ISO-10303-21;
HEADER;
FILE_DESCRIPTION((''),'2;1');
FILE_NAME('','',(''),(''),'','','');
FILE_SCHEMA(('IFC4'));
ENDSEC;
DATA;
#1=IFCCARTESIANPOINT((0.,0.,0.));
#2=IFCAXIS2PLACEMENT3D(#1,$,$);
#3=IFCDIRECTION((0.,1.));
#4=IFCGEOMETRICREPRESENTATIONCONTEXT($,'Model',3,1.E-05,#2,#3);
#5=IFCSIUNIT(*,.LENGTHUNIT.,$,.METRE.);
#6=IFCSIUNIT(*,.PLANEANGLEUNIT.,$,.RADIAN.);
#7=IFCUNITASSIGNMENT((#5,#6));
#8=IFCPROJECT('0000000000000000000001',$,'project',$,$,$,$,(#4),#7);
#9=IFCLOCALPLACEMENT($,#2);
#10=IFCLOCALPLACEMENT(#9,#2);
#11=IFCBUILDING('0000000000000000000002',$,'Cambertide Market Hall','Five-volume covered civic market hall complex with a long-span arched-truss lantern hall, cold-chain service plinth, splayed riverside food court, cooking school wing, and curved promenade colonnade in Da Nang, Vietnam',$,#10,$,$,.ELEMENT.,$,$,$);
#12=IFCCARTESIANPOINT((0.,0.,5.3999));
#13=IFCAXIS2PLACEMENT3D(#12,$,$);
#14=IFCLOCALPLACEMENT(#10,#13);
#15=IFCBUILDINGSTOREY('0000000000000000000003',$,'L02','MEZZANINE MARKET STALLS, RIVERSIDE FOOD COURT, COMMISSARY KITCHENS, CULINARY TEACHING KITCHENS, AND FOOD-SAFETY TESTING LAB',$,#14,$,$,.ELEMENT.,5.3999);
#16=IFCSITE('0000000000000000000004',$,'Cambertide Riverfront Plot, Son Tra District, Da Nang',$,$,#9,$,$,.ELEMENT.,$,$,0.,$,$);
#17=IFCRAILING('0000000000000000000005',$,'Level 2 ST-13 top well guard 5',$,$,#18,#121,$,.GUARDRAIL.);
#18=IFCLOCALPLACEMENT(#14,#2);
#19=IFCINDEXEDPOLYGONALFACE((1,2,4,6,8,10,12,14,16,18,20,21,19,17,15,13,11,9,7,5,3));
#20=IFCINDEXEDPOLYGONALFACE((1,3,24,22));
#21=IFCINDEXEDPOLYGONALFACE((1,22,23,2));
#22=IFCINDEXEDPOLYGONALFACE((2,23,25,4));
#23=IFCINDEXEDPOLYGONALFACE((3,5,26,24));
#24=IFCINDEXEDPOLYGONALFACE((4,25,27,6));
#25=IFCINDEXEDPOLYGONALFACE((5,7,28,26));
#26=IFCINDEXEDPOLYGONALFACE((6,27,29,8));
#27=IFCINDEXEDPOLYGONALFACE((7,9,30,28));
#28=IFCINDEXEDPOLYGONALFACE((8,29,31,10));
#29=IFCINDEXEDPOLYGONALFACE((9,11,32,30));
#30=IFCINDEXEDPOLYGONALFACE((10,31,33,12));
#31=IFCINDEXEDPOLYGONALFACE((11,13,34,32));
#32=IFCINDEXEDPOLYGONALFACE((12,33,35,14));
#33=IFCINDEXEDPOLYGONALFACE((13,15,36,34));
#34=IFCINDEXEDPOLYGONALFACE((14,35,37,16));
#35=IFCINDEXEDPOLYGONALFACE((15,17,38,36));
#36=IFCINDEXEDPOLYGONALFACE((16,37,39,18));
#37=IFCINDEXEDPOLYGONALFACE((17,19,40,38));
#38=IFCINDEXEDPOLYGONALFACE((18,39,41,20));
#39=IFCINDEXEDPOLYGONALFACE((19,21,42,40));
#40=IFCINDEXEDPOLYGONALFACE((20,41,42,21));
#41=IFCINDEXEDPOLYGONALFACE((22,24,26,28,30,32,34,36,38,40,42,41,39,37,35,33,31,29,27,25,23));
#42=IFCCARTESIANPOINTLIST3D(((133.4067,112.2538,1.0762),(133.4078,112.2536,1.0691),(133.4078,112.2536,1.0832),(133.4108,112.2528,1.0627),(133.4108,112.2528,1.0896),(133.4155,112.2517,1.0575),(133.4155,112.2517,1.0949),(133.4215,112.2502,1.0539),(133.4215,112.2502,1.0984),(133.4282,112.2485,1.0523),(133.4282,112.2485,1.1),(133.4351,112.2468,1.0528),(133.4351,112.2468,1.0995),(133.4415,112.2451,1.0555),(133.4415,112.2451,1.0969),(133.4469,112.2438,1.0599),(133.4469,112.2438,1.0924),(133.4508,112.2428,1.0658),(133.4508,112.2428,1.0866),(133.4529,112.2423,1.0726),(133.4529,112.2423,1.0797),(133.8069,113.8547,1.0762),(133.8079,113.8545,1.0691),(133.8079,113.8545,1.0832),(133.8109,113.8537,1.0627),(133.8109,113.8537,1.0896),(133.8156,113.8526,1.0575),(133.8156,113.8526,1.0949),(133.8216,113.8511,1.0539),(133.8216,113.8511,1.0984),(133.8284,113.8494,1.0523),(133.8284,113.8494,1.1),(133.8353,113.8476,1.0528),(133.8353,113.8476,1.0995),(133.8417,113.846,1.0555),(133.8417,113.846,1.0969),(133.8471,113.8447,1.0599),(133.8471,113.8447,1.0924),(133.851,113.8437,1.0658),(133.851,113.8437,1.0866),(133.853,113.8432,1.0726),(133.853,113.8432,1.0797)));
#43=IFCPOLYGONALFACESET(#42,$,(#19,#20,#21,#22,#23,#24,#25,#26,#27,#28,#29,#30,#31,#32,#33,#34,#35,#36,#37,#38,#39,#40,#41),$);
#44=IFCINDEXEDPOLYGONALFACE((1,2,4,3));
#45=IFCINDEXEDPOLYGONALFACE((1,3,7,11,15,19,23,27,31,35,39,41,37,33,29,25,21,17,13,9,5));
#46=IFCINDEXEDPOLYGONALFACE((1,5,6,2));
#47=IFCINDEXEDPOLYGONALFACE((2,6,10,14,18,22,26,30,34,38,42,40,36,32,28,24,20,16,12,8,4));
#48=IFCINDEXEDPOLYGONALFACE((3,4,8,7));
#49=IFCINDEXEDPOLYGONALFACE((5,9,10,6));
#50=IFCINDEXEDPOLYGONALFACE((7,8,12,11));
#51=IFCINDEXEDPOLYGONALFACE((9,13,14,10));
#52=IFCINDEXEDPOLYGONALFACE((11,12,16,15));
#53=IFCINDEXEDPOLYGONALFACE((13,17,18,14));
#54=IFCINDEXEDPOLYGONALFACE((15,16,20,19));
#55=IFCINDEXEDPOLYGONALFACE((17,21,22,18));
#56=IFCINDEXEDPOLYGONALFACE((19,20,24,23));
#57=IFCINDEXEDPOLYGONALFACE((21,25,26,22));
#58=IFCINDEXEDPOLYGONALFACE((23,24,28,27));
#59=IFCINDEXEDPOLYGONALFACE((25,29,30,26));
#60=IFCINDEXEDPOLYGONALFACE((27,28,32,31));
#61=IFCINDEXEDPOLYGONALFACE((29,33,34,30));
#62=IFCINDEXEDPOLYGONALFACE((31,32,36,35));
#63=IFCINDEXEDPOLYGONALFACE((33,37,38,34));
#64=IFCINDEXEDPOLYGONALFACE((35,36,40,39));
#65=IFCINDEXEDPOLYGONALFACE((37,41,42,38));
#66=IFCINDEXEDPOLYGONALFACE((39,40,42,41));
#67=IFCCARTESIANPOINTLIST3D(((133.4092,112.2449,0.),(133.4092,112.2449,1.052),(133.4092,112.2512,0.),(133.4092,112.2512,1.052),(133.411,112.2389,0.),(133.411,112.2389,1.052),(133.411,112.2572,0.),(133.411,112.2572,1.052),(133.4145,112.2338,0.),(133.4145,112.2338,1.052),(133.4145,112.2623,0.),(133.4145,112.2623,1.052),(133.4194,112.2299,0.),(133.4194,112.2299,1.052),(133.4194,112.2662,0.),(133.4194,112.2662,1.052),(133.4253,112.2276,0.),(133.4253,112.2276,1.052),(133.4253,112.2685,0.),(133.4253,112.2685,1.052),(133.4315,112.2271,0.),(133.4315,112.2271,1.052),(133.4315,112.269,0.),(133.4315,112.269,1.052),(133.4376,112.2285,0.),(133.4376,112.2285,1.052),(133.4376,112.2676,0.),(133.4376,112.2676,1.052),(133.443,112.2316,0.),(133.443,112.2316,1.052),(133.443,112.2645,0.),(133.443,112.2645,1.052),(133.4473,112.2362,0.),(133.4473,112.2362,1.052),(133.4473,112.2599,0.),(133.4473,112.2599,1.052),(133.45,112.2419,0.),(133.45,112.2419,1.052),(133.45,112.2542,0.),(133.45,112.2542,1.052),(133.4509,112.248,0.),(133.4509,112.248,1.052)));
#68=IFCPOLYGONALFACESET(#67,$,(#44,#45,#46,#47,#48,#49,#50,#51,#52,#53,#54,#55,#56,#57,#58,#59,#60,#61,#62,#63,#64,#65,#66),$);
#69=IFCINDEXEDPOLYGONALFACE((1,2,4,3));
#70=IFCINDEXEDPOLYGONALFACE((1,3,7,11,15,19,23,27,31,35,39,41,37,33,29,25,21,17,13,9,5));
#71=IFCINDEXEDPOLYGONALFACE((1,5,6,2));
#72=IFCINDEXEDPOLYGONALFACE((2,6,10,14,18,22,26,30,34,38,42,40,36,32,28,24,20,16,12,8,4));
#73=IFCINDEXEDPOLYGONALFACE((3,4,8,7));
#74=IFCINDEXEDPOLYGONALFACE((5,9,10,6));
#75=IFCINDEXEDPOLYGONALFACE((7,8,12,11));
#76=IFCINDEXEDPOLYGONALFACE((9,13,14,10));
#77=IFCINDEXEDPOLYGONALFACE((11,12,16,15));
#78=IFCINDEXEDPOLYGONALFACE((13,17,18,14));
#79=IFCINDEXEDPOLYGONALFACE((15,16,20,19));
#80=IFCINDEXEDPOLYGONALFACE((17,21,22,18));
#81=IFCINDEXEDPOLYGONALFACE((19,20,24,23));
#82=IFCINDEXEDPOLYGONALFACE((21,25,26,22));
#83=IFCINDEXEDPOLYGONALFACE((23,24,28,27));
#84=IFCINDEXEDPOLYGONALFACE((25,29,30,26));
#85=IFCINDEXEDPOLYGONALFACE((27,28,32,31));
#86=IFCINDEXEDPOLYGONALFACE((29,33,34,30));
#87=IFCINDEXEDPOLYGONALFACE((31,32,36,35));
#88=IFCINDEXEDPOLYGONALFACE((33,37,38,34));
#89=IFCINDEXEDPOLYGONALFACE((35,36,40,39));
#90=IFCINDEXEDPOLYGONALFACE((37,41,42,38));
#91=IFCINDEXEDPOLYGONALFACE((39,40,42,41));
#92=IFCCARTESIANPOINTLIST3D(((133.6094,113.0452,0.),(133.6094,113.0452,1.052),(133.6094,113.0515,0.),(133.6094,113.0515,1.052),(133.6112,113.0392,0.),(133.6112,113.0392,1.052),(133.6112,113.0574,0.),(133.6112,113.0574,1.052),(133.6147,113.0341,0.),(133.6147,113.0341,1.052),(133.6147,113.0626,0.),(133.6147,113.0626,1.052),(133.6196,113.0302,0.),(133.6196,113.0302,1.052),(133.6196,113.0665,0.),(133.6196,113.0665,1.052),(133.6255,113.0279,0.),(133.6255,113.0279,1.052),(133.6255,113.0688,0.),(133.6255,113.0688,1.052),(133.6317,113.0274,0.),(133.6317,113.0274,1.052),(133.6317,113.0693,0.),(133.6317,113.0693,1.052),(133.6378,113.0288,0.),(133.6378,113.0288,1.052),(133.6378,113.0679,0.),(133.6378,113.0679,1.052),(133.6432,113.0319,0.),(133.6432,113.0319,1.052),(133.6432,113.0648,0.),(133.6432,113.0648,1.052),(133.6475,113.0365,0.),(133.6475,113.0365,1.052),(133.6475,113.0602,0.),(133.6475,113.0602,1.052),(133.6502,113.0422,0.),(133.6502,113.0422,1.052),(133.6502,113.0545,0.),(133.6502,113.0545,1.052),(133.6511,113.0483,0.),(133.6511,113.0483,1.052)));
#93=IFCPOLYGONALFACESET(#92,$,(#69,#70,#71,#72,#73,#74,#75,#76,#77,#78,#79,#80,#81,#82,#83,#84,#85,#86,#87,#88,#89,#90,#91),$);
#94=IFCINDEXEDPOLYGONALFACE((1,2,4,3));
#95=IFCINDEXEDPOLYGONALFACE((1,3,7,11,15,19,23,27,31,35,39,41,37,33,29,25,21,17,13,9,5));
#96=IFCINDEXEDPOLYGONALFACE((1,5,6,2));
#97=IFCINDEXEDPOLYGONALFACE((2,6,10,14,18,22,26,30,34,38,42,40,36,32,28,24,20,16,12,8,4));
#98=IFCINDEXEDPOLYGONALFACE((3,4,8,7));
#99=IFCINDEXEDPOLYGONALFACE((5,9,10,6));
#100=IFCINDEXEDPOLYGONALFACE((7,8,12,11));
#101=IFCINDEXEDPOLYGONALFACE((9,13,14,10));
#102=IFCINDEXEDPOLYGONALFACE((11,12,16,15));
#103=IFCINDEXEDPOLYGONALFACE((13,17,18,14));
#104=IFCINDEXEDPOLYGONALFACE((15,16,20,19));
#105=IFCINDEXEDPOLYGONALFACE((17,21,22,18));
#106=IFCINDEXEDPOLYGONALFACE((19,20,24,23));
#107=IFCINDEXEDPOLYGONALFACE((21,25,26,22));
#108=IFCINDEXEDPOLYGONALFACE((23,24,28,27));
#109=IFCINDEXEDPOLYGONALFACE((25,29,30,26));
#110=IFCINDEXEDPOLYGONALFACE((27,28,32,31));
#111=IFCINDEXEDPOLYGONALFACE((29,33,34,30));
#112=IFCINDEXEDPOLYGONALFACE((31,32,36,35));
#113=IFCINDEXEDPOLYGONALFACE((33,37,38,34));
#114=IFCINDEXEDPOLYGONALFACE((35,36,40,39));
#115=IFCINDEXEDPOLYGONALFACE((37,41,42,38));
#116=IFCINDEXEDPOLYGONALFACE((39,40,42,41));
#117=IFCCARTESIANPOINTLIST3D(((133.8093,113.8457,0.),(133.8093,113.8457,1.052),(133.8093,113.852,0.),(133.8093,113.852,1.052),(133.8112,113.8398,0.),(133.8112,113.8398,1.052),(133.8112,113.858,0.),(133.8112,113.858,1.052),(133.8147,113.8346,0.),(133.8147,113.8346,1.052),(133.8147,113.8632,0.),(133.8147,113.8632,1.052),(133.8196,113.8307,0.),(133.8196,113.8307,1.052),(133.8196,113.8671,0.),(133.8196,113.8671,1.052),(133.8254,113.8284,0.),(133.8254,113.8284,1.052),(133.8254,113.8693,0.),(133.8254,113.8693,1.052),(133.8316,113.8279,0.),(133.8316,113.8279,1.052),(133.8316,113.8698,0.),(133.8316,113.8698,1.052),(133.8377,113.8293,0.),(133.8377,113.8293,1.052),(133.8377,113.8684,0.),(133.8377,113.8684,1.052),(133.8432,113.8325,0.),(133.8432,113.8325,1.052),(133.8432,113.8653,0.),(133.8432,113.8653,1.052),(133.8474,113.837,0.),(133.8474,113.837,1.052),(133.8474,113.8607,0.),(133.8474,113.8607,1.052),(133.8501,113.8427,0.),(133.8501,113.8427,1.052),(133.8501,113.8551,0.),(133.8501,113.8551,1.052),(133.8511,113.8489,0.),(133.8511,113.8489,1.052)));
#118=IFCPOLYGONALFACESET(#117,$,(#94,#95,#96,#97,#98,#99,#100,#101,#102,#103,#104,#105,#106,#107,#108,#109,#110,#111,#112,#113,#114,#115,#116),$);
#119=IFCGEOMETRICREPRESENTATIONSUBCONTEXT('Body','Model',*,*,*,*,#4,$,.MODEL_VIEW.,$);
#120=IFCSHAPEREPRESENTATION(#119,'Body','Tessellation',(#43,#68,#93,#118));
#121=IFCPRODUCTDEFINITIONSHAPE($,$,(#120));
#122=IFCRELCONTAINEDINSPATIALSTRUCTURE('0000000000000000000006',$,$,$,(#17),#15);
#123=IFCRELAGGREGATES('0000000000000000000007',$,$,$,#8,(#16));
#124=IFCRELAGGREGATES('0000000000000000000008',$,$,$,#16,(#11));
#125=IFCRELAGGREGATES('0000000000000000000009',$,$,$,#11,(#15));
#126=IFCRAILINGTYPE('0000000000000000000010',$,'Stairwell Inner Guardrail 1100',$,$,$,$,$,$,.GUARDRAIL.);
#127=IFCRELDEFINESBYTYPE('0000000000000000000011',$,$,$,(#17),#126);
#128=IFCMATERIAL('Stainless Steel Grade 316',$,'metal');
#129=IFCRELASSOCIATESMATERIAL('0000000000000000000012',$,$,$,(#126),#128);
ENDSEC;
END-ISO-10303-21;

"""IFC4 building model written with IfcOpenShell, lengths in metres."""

from ifc_helpers import new_model, si_unit, direction, frame, origin, origin_2d, place, context, subcontext, project, spatial, circle, extrude, material, type_object, element, save


model = new_model("IFC4")

# Units and contexts
model_context = context("Model", 3, precision=1e-05, world=origin(), true_north=direction((0.0, 1.0)))
body_context = subcontext(model_context, "Body", "Model", "MODEL_VIEW")
ifc_project = project(units=[si_unit("LENGTHUNIT", "METRE"), si_unit("PLANEANGLEUNIT", "RADIAN")], contexts=[model_context])

# Site, building, storey
site_placement = place(None, origin())
site = spatial("IfcSite", under=ifc_project, at=site_placement, Name="Cambertide Riverfront Plot, Son Tra District, Da Nang", CompositionType="ELEMENT", RefElevation=0.0)
building_placement = place(site_placement, origin())
building = spatial("IfcBuilding", under=site, at=building_placement, Name="Cambertide Market Hall", Description="Five-volume covered civic market hall complex with a long-span arched-truss lantern hall, cold-chain service plinth, splayed riverside food court, cooking school wing, and curved promenade colonnade in Da Nang, Vietnam", CompositionType="ELEMENT")
storey_placement = place(building_placement, frame((0.0, 0.0, 5.3999)))
storey = spatial("IfcBuildingStorey", under=building, at=storey_placement, Name="L02", Description="MEZZANINE MARKET STALLS, RIVERSIDE FOOD COURT, COMMISSARY KITCHENS, CULINARY TEACHING KITCHENS, AND FOOD-SAFETY TESTING LAB", CompositionType="ELEMENT", Elevation=5.3999)

# Railing
ifc_material_1 = material(Name="Stainless Steel Grade 316", Category="metal")
railing_type = type_object("IfcRailingType", Name="Stairwell Inner Guardrail 1100", PredefinedType="GUARDRAIL", material=ifc_material_1)
railing_1_placement = place(storey_placement, frame((133.4299, 112.248, 0.0)))
element("IfcRailing", 1, at=railing_1_placement, inside=storey, type_object=railing_type, Name="Level 2 ST-13 top well guard 5", PredefinedType="GUARDRAIL", context=body_context, shape_type="SweptSolid", body=[
    extrude(circle(Radius=0.0239, at=origin_2d()), frame((0.0, 0.0, 1.0762), z_axis=(0.242501, 0.970151, 0.0), x_axis=(-0.970151, 0.242501, 0.0)), (0.0, 0.0, 1.0), 1.6501),
    extrude(circle(Radius=0.021, at=origin_2d()), origin(), (0.0, 0.0, 1.0), 1.052),
    extrude(circle(Radius=0.021, at=origin_2d()), frame((0.2002, 0.8003, 0.0)), (0.0, 0.0, 1.0), 1.052),
    extrude(circle(Radius=0.021, at=origin_2d()), frame((0.4001, 1.6008, 0.0)), (0.0, 0.0, 1.0), 1.052),
])

save(model, "model.ifc")
